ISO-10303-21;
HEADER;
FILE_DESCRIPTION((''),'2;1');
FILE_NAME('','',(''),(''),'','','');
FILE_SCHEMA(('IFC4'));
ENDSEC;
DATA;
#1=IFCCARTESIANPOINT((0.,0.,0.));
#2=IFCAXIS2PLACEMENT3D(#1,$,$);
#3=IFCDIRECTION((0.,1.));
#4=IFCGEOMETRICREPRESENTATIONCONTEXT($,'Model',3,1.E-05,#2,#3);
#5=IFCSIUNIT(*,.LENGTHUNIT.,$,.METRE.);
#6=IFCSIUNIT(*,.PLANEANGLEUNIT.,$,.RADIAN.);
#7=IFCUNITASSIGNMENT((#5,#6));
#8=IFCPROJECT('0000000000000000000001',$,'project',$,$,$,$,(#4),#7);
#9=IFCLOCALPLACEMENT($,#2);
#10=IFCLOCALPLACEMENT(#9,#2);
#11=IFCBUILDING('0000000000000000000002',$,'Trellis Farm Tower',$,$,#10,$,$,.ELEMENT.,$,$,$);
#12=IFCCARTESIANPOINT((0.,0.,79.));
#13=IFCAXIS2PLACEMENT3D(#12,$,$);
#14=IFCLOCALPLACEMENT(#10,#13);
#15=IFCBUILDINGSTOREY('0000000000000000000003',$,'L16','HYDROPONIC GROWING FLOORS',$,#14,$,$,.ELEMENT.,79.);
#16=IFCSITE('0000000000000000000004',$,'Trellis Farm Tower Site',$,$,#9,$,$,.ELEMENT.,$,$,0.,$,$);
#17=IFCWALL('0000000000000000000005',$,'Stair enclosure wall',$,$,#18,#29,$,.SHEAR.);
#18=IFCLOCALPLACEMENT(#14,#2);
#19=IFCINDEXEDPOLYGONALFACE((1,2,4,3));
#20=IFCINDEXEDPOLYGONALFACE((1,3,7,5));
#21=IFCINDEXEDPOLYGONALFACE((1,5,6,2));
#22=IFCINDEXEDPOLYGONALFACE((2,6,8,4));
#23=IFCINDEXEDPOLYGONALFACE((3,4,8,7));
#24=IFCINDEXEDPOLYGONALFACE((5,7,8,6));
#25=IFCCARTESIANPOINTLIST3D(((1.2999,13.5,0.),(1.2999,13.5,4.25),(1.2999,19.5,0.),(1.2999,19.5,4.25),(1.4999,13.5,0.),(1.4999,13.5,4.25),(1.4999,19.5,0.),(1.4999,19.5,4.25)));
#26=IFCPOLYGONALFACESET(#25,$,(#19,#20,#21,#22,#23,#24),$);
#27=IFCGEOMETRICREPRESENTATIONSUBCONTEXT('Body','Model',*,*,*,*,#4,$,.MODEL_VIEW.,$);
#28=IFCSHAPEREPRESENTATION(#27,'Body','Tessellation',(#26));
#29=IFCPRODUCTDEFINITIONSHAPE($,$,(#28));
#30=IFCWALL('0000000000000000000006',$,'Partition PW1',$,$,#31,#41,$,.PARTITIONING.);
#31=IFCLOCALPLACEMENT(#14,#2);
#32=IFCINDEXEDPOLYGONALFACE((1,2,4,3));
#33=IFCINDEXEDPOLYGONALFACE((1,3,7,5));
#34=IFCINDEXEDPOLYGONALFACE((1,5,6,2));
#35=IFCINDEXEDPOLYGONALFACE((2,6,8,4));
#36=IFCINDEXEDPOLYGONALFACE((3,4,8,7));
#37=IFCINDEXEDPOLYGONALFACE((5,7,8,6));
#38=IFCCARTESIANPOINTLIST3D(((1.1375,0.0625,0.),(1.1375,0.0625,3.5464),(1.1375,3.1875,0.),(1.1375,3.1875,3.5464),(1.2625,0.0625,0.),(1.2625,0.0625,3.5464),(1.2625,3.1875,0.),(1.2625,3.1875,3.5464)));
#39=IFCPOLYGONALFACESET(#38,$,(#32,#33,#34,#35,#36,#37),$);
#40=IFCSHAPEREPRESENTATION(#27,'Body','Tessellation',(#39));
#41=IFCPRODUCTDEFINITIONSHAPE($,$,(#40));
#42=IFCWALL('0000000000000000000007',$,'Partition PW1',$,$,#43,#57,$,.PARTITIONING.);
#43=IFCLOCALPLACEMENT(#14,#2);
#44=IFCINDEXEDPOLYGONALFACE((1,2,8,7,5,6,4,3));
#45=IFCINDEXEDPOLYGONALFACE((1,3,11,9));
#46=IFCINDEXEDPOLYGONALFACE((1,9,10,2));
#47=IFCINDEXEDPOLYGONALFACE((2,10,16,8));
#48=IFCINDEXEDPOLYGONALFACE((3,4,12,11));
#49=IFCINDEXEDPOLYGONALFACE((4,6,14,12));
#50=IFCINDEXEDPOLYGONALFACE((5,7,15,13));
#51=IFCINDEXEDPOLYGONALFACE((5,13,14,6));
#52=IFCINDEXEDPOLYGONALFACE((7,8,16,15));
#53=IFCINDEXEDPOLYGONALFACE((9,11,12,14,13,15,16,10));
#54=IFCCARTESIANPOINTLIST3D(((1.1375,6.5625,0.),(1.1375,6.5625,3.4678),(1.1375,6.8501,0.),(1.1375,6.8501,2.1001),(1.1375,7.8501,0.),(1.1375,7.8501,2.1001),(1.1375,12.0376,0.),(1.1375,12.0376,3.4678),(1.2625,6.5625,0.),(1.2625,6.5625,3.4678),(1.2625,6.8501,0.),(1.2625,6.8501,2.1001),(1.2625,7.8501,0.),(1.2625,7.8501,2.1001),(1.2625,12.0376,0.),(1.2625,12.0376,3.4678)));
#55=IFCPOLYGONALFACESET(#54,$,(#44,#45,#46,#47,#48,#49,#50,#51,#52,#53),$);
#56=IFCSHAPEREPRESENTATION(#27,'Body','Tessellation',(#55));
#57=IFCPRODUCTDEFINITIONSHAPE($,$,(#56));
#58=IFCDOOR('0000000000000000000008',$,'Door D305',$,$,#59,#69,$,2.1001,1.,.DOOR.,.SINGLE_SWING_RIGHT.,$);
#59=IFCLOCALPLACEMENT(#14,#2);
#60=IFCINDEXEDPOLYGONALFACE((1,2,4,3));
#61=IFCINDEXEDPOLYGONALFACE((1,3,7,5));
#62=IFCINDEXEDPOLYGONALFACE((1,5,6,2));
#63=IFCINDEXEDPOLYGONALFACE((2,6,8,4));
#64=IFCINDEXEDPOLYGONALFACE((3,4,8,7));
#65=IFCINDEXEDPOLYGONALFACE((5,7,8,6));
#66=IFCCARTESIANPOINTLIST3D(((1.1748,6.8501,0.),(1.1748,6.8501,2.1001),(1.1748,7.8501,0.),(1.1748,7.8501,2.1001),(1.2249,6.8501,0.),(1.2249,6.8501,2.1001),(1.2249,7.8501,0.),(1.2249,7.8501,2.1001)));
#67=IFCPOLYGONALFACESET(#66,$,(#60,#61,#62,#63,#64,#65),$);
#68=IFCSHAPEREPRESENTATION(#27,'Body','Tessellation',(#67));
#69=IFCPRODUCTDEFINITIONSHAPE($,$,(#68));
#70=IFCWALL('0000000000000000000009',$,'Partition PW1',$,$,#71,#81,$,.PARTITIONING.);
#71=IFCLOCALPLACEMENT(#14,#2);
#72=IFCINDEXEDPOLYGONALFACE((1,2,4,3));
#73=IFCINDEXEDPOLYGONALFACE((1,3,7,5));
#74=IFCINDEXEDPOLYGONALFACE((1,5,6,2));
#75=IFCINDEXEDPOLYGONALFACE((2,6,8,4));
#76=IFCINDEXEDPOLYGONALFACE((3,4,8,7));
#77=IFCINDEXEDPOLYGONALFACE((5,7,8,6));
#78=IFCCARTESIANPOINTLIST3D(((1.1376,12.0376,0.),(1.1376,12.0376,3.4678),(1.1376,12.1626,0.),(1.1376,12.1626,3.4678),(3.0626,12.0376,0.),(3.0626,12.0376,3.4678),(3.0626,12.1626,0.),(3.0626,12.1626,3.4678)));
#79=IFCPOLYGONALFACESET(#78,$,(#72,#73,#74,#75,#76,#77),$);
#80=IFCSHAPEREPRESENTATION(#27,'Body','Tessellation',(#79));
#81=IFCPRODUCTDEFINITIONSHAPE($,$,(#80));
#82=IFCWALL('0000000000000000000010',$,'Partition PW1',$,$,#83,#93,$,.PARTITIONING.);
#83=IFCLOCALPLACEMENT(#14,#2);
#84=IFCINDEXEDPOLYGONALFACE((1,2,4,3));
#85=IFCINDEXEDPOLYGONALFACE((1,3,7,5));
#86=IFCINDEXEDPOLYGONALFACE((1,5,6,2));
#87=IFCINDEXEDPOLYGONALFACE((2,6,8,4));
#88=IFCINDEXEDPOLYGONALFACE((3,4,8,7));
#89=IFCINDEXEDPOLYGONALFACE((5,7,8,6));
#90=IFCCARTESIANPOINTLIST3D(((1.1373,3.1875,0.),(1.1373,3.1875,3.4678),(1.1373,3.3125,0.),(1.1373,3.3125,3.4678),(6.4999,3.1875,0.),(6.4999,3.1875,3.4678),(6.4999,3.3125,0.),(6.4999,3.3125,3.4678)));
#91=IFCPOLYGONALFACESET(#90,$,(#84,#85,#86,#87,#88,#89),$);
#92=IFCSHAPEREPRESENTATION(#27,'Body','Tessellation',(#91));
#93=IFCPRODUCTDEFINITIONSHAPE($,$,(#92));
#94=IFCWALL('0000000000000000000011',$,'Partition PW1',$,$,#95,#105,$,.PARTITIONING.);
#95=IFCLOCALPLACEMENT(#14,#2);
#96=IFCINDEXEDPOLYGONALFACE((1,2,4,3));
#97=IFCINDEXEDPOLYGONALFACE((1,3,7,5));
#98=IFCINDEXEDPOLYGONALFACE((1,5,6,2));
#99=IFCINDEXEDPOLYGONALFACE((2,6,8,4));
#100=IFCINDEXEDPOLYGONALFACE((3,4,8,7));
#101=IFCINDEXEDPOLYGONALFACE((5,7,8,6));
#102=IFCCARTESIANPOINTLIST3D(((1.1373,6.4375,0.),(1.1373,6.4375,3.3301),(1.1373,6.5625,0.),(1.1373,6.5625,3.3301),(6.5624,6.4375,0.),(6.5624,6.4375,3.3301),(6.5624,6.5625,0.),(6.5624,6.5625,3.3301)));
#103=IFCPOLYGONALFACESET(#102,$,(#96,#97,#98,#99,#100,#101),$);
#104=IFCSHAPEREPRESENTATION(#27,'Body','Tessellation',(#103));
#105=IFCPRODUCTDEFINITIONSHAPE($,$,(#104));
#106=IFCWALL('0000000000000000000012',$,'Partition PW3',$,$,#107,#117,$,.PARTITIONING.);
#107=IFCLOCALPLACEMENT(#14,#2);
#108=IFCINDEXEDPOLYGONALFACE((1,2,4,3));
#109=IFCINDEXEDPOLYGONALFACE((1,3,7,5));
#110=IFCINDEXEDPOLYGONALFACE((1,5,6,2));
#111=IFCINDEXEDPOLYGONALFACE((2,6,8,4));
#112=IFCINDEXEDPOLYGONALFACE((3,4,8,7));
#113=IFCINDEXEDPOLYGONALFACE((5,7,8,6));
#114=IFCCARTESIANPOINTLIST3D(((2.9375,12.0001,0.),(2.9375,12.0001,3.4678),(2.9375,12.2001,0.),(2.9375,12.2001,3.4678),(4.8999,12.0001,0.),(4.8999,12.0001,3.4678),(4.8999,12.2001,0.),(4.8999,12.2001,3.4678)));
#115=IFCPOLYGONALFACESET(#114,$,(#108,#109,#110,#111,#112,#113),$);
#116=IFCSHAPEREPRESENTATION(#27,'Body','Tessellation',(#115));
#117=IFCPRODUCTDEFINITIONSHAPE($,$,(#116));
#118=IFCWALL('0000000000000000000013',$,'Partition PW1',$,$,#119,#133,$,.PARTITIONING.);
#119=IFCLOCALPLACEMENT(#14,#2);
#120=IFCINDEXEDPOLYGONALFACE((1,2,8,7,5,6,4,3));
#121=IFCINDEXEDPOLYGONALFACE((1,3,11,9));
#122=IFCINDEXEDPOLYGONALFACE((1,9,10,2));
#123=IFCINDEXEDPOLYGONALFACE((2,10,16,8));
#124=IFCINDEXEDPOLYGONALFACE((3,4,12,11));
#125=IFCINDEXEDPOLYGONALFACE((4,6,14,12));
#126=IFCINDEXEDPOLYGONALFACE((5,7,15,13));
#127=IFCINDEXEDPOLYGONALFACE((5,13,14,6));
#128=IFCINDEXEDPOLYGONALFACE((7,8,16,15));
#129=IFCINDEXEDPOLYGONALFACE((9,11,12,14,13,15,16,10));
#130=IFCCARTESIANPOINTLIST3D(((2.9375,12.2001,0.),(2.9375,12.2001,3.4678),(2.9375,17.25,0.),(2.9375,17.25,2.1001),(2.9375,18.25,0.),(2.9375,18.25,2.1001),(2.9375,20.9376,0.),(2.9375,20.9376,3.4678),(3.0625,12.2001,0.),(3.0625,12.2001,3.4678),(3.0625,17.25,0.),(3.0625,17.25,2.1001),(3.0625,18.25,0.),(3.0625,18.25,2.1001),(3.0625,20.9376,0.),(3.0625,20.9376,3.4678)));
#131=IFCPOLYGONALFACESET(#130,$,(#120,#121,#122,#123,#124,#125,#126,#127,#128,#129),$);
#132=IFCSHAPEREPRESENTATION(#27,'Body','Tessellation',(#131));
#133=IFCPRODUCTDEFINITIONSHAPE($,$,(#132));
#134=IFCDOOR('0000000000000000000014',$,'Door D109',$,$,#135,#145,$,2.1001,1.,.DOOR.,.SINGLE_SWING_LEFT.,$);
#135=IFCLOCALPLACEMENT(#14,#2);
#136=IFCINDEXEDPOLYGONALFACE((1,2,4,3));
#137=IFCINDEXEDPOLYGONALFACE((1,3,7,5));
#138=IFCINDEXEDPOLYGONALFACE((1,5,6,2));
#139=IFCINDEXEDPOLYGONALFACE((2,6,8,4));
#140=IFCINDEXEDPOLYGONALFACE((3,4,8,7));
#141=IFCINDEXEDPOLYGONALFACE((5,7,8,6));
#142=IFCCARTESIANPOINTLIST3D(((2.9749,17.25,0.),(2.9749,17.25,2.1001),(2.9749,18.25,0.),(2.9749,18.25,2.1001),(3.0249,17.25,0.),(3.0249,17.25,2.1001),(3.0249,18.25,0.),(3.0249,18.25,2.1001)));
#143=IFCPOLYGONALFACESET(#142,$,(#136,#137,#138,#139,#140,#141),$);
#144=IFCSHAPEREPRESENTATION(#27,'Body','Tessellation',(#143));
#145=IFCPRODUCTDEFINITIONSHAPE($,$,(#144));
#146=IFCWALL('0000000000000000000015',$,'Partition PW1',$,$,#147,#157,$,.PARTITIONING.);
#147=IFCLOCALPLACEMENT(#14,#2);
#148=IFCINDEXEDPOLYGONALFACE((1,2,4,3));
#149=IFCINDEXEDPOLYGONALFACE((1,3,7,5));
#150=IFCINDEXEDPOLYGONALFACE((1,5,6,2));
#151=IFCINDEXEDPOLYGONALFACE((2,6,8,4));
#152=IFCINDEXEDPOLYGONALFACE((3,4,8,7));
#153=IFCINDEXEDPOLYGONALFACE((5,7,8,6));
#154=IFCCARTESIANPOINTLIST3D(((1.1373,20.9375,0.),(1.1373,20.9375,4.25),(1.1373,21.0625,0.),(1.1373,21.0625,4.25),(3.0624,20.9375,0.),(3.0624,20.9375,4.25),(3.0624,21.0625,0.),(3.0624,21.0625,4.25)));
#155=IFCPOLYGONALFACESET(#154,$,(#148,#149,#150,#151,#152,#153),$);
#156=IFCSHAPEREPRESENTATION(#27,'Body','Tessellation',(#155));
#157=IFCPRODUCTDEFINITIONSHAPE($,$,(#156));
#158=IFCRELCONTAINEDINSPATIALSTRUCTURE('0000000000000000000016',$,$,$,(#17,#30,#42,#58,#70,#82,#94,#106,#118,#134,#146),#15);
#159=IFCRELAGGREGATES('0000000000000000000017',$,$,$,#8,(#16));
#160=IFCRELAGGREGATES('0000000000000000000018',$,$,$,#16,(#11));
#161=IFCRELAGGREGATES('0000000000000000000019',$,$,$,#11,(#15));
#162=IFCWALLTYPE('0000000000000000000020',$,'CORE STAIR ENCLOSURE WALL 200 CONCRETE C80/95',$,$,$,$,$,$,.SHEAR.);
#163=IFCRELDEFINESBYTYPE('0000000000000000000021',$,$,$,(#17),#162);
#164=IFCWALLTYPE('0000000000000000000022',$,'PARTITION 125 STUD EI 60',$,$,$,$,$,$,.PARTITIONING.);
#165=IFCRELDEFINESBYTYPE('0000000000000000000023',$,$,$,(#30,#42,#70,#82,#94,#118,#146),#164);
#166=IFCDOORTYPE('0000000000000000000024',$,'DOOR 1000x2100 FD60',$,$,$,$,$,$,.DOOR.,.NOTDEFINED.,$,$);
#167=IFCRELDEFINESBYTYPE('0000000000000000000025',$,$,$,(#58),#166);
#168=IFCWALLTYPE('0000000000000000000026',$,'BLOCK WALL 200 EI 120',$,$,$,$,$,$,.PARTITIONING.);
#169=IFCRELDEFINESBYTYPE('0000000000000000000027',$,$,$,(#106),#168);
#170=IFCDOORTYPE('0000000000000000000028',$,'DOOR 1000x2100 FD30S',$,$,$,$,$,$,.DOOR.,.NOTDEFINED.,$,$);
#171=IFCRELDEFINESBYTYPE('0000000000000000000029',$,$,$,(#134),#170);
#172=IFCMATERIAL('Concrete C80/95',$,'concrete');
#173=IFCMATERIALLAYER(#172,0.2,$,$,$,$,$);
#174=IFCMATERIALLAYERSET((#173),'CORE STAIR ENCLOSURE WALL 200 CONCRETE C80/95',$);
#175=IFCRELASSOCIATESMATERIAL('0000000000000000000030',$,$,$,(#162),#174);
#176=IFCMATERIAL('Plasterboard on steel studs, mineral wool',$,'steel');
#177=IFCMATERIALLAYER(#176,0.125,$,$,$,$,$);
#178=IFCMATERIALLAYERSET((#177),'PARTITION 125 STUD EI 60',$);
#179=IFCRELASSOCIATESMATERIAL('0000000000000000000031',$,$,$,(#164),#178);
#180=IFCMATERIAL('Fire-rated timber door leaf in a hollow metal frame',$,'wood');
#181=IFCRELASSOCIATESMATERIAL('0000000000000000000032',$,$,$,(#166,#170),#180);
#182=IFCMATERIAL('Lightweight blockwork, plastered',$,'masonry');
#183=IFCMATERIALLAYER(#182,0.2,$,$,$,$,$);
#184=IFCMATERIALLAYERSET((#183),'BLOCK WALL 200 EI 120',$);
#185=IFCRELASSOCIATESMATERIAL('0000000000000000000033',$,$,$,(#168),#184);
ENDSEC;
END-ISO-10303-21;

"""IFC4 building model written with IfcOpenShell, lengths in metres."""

from ifc_helpers import new_model, si_unit, direction, frame, frame_2d, origin, place, context, subcontext, project, spatial, rectangle, extrude, source, transform, mapped, material, layer, layer_set, type_object, element, fill, save


model = new_model("IFC4")

# Units and contexts
model_context = context("Model", 3, precision=1e-05, world=origin(), true_north=direction((0.0, 1.0)))
body_context = subcontext(model_context, "Body", "Model", "MODEL_VIEW")
ifc_project = project(units=[si_unit("LENGTHUNIT", "METRE"), si_unit("PLANEANGLEUNIT", "RADIAN")], contexts=[model_context])

# Site, building, storey
site_placement = place(None, origin())
site = spatial("IfcSite", under=ifc_project, at=site_placement, Name="Trellis Farm Tower Site", CompositionType="ELEMENT", RefElevation=0.0)
building_placement = place(site_placement, origin())
building = spatial("IfcBuilding", under=site, at=building_placement, Name="Trellis Farm Tower", CompositionType="ELEMENT")
storey_placement = place(building_placement, frame((0.0, 0.0, 79.0)))
storey = spatial("IfcBuildingStorey", under=building, at=storey_placement, Name="L16", Description="HYDROPONIC GROWING FLOORS", CompositionType="ELEMENT", Elevation=79.0)

# Shared definitions
ifc_material_1 = material(Name="Concrete C80/95", Category="concrete")

# Walls
ifc_layer_1 = layer(ifc_material_1, 0.2)
ifc_layer_set_1 = layer_set([ifc_layer_1], Name="CORE STAIR ENCLOSURE WALL 200 CONCRETE C80/95")
wall_type_1 = type_object("IfcWallType", Name="CORE STAIR ENCLOSURE WALL 200 CONCRETE C80/95", PredefinedType="SHEAR", material=ifc_layer_set_1)
shared_shape_1 = source(origin(), body_context, "Body", "SweptSolid", [
    extrude(rectangle(XDim=6.0, YDim=0.2, at=frame_2d((3.0, 0.0))), origin(), (0.0, 0.0, 1.0), 4.25),
])
wall_1_placement = place(storey_placement, frame((1.3999, 13.5, 0.0), z_axis=(0.0, 0.0, 1.0), x_axis=(0.0, 1.0, 0.0)))
element("IfcWall", 1, at=wall_1_placement, inside=storey, type_object=wall_type_1, Name="Stair enclosure wall", PredefinedType="SHEAR", context=body_context, shape_type="MappedRepresentation", body=[
    mapped(shared_shape_1, transform((0.0, 0.0, 0.0))),
])
ifc_material_2 = material(Name="Plasterboard on steel studs, mineral wool", Category="steel")
ifc_layer_2 = layer(ifc_material_2, 0.125)
ifc_layer_set_2 = layer_set([ifc_layer_2], Name="PARTITION 125 STUD EI 60")
wall_type_2 = type_object("IfcWallType", Name="PARTITION 125 STUD EI 60", PredefinedType="PARTITIONING", material=ifc_layer_set_2)
shared_shape_2 = source(origin(), body_context, "Body", "SweptSolid", [
    extrude(rectangle(XDim=3.125, YDim=0.125, at=frame_2d((1.5625, 0.0))), origin(), (0.0, 0.0, 1.0), 3.5464),
])
wall_2_placement = place(storey_placement, frame((1.2, 3.1875, 0.0), z_axis=(0.0, 0.0, 1.0), x_axis=(0.0, -1.0, 0.0)))
element("IfcWall", 2, at=wall_2_placement, inside=storey, type_object=wall_type_2, Name="Partition PW1", PredefinedType="PARTITIONING", context=body_context, shape_type="MappedRepresentation", body=[
    mapped(shared_shape_2, transform((0.0, 0.0, 0.0))),
])

# Wall, opening, door
shared_shape_3 = source(origin(), body_context, "Body", "SweptSolid", [
    extrude(rectangle(XDim=5.4751, YDim=0.125, at=frame_2d((2.7375, 0.0))), origin(), (0.0, 0.0, 1.0), 3.4678),
])
wall_3_placement = place(storey_placement, frame((1.2, 12.0376, 0.0), z_axis=(0.0, 0.0, 1.0), x_axis=(0.0, -1.0, 0.0)))
wall_3 = element("IfcWall", 3, at=wall_3_placement, inside=storey, type_object=wall_type_2, Name="Partition PW1", PredefinedType="PARTITIONING", context=body_context, shape_type="MappedRepresentation", body=[
    mapped(shared_shape_3, transform((0.0, 0.0, 0.0))),
])
shared_shape_4 = source(origin(), body_context, "Body", "SweptSolid", [
    extrude(rectangle(XDim=1.0, YDim=2.1001, at=frame_2d((0.5, 1.05))), frame((0.0, 0.0725, 0.0), z_axis=(0.0, -1.0, 0.0), x_axis=(1.0, 0.0, 0.0)), (0.0, 0.0, 1.0), 0.145),
])
opening_1_placement = place(wall_3_placement, frame((4.1875, 0.0, 0.0)))
opening_1 = element("IfcOpeningElement", 4, at=opening_1_placement, cuts=wall_3, PredefinedType="OPENING", context=body_context, shape_type="MappedRepresentation", body=[
    mapped(shared_shape_4, transform((0.0, 0.0, 0.0))),
])
ifc_material_3 = material(Name="Fire-rated timber door leaf in a hollow metal frame", Category="wood")
door_type_1 = type_object("IfcDoorType", Name="DOOR 1000x2100 FD60", OperationType="NOTDEFINED", PredefinedType="DOOR", material=ifc_material_3)
shared_shape_5 = source(origin(), body_context, "Body", "SweptSolid", [
    extrude(rectangle(XDim=1.0, YDim=2.1001, at=frame_2d((0.5, 1.05))), frame((0.0, 0.0249, 0.0), z_axis=(0.0, -1.0, 0.0), x_axis=(1.0, 0.0, 0.0)), (0.0, 0.0, 1.0), 0.05),
])
door_1_placement = place(opening_1_placement, origin())
door_1 = element("IfcDoor", 5, at=door_1_placement, inside=storey, type_object=door_type_1, Name="Door D305", OperationType="SINGLE_SWING_RIGHT", OverallHeight=2.1001, OverallWidth=1.0, PredefinedType="DOOR", context=body_context, shape_type="MappedRepresentation", body=[
    mapped(shared_shape_5, transform((0.0, 0.0, 0.0))),
])
fill(opening_1, door_1)

# Walls
shared_shape_6 = source(origin(), body_context, "Body", "SweptSolid", [
    extrude(rectangle(XDim=1.925, YDim=0.125, at=frame_2d((0.9624, 0.0))), origin(), (0.0, 0.0, 1.0), 3.4678),
])
wall_4_placement = place(storey_placement, frame((3.0625, 12.1001, 0.0), z_axis=(0.0, 0.0, 1.0), x_axis=(-1.0, 0.0, 0.0)))
element("IfcWall", 6, at=wall_4_placement, inside=storey, type_object=wall_type_2, Name="Partition PW1", PredefinedType="PARTITIONING", context=body_context, shape_type="MappedRepresentation", body=[
    mapped(shared_shape_6, transform((0.0, 0.0, 0.0))),
])
shared_shape_7 = source(origin(), body_context, "Body", "SweptSolid", [
    extrude(rectangle(XDim=5.3625, YDim=0.125, at=frame_2d((2.6812, 0.0))), origin(), (0.0, 0.0, 1.0), 3.4678),
])
wall_5_placement = place(storey_placement, frame((1.1375, 3.25, 0.0), z_axis=(0.0, 0.0, 1.0), x_axis=(1.0, 0.0, 0.0)))
element("IfcWall", 7, at=wall_5_placement, inside=storey, type_object=wall_type_2, Name="Partition PW1", PredefinedType="PARTITIONING", context=body_context, shape_type="MappedRepresentation", body=[
    mapped(shared_shape_7, transform((0.0, 0.0, 0.0))),
])
shared_shape_8 = source(origin(), body_context, "Body", "SweptSolid", [
    extrude(rectangle(XDim=5.425, YDim=0.125, at=frame_2d((2.7124, 0.0))), origin(), (0.0, 0.0, 1.0), 3.3301),
])
wall_6_placement = place(storey_placement, frame((1.1375, 6.5, 0.0), z_axis=(0.0, 0.0, 1.0), x_axis=(1.0, 0.0, 0.0)))
element("IfcWall", 8, at=wall_6_placement, inside=storey, type_object=wall_type_2, Name="Partition PW1", PredefinedType="PARTITIONING", context=body_context, shape_type="MappedRepresentation", body=[
    mapped(shared_shape_8, transform((0.0, 0.0, 0.0))),
])
ifc_material_4 = material(Name="Lightweight blockwork, plastered", Category="masonry")
ifc_layer_3 = layer(ifc_material_4, 0.2)
ifc_layer_set_3 = layer_set([ifc_layer_3], Name="BLOCK WALL 200 EI 120")
wall_type_3 = type_object("IfcWallType", Name="BLOCK WALL 200 EI 120", PredefinedType="PARTITIONING", material=ifc_layer_set_3)
shared_shape_9 = source(origin(), body_context, "Body", "SweptSolid", [
    extrude(rectangle(XDim=1.9624, YDim=0.2, at=frame_2d((0.9812, 0.0))), origin(), (0.0, 0.0, 1.0), 3.4678),
])
wall_7_placement = place(storey_placement, frame((2.9375, 12.1001, 0.0), z_axis=(0.0, 0.0, 1.0), x_axis=(1.0, 0.0, 0.0)))
element("IfcWall", 9, at=wall_7_placement, inside=storey, type_object=wall_type_3, Name="Partition PW3", PredefinedType="PARTITIONING", context=body_context, shape_type="MappedRepresentation", body=[
    mapped(shared_shape_9, transform((0.0, 0.0, 0.0))),
])

# Wall, opening, door
shared_shape_10 = source(origin(), body_context, "Body", "SweptSolid", [
    extrude(rectangle(XDim=8.7375, YDim=0.125, at=frame_2d((4.3687, 0.0))), origin(), (0.0, 0.0, 1.0), 3.4678),
])
wall_8_placement = place(storey_placement, frame((3.0, 20.9375, 0.0), z_axis=(0.0, 0.0, 1.0), x_axis=(0.0, -1.0, 0.0)))
wall_8 = element("IfcWall", 10, at=wall_8_placement, inside=storey, type_object=wall_type_2, Name="Partition PW1", PredefinedType="PARTITIONING", context=body_context, shape_type="MappedRepresentation", body=[
    mapped(shared_shape_10, transform((0.0, 0.0, 0.0))),
])
opening_2_placement = place(wall_8_placement, frame((2.6875, 0.0, 0.0)))
opening_2 = element("IfcOpeningElement", 11, at=opening_2_placement, cuts=wall_8, PredefinedType="OPENING", context=body_context, shape_type="MappedRepresentation", body=[
    mapped(shared_shape_4, transform((0.0, 0.0, 0.0))),
])
door_type_2 = type_object("IfcDoorType", Name="DOOR 1000x2100 FD30S", OperationType="NOTDEFINED", PredefinedType="DOOR", material=ifc_material_3)
door_2_placement = place(opening_2_placement, origin())
door_2 = element("IfcDoor", 12, at=door_2_placement, inside=storey, type_object=door_type_2, Name="Door D109", OperationType="SINGLE_SWING_LEFT", OverallHeight=2.1001, OverallWidth=1.0, PredefinedType="DOOR", context=body_context, shape_type="MappedRepresentation", body=[
    mapped(shared_shape_5, transform((0.0, 0.0, 0.0))),
])
fill(opening_2, door_2)

# Wall
shared_shape_11 = source(origin(), body_context, "Body", "SweptSolid", [
    extrude(rectangle(XDim=1.925, YDim=0.125, at=frame_2d((0.9624, 0.0))), origin(), (0.0, 0.0, 1.0), 4.25),
])
wall_9_placement = place(storey_placement, frame((1.1375, 21.0, 0.0), z_axis=(0.0, 0.0, 1.0), x_axis=(1.0, 0.0, 0.0)))
element("IfcWall", 13, at=wall_9_placement, inside=storey, type_object=wall_type_2, Name="Partition PW1", PredefinedType="PARTITIONING", context=body_context, shape_type="MappedRepresentation", body=[
    mapped(shared_shape_11, transform((0.0, 0.0, 0.0))),
])

save(model, "model.ifc")
